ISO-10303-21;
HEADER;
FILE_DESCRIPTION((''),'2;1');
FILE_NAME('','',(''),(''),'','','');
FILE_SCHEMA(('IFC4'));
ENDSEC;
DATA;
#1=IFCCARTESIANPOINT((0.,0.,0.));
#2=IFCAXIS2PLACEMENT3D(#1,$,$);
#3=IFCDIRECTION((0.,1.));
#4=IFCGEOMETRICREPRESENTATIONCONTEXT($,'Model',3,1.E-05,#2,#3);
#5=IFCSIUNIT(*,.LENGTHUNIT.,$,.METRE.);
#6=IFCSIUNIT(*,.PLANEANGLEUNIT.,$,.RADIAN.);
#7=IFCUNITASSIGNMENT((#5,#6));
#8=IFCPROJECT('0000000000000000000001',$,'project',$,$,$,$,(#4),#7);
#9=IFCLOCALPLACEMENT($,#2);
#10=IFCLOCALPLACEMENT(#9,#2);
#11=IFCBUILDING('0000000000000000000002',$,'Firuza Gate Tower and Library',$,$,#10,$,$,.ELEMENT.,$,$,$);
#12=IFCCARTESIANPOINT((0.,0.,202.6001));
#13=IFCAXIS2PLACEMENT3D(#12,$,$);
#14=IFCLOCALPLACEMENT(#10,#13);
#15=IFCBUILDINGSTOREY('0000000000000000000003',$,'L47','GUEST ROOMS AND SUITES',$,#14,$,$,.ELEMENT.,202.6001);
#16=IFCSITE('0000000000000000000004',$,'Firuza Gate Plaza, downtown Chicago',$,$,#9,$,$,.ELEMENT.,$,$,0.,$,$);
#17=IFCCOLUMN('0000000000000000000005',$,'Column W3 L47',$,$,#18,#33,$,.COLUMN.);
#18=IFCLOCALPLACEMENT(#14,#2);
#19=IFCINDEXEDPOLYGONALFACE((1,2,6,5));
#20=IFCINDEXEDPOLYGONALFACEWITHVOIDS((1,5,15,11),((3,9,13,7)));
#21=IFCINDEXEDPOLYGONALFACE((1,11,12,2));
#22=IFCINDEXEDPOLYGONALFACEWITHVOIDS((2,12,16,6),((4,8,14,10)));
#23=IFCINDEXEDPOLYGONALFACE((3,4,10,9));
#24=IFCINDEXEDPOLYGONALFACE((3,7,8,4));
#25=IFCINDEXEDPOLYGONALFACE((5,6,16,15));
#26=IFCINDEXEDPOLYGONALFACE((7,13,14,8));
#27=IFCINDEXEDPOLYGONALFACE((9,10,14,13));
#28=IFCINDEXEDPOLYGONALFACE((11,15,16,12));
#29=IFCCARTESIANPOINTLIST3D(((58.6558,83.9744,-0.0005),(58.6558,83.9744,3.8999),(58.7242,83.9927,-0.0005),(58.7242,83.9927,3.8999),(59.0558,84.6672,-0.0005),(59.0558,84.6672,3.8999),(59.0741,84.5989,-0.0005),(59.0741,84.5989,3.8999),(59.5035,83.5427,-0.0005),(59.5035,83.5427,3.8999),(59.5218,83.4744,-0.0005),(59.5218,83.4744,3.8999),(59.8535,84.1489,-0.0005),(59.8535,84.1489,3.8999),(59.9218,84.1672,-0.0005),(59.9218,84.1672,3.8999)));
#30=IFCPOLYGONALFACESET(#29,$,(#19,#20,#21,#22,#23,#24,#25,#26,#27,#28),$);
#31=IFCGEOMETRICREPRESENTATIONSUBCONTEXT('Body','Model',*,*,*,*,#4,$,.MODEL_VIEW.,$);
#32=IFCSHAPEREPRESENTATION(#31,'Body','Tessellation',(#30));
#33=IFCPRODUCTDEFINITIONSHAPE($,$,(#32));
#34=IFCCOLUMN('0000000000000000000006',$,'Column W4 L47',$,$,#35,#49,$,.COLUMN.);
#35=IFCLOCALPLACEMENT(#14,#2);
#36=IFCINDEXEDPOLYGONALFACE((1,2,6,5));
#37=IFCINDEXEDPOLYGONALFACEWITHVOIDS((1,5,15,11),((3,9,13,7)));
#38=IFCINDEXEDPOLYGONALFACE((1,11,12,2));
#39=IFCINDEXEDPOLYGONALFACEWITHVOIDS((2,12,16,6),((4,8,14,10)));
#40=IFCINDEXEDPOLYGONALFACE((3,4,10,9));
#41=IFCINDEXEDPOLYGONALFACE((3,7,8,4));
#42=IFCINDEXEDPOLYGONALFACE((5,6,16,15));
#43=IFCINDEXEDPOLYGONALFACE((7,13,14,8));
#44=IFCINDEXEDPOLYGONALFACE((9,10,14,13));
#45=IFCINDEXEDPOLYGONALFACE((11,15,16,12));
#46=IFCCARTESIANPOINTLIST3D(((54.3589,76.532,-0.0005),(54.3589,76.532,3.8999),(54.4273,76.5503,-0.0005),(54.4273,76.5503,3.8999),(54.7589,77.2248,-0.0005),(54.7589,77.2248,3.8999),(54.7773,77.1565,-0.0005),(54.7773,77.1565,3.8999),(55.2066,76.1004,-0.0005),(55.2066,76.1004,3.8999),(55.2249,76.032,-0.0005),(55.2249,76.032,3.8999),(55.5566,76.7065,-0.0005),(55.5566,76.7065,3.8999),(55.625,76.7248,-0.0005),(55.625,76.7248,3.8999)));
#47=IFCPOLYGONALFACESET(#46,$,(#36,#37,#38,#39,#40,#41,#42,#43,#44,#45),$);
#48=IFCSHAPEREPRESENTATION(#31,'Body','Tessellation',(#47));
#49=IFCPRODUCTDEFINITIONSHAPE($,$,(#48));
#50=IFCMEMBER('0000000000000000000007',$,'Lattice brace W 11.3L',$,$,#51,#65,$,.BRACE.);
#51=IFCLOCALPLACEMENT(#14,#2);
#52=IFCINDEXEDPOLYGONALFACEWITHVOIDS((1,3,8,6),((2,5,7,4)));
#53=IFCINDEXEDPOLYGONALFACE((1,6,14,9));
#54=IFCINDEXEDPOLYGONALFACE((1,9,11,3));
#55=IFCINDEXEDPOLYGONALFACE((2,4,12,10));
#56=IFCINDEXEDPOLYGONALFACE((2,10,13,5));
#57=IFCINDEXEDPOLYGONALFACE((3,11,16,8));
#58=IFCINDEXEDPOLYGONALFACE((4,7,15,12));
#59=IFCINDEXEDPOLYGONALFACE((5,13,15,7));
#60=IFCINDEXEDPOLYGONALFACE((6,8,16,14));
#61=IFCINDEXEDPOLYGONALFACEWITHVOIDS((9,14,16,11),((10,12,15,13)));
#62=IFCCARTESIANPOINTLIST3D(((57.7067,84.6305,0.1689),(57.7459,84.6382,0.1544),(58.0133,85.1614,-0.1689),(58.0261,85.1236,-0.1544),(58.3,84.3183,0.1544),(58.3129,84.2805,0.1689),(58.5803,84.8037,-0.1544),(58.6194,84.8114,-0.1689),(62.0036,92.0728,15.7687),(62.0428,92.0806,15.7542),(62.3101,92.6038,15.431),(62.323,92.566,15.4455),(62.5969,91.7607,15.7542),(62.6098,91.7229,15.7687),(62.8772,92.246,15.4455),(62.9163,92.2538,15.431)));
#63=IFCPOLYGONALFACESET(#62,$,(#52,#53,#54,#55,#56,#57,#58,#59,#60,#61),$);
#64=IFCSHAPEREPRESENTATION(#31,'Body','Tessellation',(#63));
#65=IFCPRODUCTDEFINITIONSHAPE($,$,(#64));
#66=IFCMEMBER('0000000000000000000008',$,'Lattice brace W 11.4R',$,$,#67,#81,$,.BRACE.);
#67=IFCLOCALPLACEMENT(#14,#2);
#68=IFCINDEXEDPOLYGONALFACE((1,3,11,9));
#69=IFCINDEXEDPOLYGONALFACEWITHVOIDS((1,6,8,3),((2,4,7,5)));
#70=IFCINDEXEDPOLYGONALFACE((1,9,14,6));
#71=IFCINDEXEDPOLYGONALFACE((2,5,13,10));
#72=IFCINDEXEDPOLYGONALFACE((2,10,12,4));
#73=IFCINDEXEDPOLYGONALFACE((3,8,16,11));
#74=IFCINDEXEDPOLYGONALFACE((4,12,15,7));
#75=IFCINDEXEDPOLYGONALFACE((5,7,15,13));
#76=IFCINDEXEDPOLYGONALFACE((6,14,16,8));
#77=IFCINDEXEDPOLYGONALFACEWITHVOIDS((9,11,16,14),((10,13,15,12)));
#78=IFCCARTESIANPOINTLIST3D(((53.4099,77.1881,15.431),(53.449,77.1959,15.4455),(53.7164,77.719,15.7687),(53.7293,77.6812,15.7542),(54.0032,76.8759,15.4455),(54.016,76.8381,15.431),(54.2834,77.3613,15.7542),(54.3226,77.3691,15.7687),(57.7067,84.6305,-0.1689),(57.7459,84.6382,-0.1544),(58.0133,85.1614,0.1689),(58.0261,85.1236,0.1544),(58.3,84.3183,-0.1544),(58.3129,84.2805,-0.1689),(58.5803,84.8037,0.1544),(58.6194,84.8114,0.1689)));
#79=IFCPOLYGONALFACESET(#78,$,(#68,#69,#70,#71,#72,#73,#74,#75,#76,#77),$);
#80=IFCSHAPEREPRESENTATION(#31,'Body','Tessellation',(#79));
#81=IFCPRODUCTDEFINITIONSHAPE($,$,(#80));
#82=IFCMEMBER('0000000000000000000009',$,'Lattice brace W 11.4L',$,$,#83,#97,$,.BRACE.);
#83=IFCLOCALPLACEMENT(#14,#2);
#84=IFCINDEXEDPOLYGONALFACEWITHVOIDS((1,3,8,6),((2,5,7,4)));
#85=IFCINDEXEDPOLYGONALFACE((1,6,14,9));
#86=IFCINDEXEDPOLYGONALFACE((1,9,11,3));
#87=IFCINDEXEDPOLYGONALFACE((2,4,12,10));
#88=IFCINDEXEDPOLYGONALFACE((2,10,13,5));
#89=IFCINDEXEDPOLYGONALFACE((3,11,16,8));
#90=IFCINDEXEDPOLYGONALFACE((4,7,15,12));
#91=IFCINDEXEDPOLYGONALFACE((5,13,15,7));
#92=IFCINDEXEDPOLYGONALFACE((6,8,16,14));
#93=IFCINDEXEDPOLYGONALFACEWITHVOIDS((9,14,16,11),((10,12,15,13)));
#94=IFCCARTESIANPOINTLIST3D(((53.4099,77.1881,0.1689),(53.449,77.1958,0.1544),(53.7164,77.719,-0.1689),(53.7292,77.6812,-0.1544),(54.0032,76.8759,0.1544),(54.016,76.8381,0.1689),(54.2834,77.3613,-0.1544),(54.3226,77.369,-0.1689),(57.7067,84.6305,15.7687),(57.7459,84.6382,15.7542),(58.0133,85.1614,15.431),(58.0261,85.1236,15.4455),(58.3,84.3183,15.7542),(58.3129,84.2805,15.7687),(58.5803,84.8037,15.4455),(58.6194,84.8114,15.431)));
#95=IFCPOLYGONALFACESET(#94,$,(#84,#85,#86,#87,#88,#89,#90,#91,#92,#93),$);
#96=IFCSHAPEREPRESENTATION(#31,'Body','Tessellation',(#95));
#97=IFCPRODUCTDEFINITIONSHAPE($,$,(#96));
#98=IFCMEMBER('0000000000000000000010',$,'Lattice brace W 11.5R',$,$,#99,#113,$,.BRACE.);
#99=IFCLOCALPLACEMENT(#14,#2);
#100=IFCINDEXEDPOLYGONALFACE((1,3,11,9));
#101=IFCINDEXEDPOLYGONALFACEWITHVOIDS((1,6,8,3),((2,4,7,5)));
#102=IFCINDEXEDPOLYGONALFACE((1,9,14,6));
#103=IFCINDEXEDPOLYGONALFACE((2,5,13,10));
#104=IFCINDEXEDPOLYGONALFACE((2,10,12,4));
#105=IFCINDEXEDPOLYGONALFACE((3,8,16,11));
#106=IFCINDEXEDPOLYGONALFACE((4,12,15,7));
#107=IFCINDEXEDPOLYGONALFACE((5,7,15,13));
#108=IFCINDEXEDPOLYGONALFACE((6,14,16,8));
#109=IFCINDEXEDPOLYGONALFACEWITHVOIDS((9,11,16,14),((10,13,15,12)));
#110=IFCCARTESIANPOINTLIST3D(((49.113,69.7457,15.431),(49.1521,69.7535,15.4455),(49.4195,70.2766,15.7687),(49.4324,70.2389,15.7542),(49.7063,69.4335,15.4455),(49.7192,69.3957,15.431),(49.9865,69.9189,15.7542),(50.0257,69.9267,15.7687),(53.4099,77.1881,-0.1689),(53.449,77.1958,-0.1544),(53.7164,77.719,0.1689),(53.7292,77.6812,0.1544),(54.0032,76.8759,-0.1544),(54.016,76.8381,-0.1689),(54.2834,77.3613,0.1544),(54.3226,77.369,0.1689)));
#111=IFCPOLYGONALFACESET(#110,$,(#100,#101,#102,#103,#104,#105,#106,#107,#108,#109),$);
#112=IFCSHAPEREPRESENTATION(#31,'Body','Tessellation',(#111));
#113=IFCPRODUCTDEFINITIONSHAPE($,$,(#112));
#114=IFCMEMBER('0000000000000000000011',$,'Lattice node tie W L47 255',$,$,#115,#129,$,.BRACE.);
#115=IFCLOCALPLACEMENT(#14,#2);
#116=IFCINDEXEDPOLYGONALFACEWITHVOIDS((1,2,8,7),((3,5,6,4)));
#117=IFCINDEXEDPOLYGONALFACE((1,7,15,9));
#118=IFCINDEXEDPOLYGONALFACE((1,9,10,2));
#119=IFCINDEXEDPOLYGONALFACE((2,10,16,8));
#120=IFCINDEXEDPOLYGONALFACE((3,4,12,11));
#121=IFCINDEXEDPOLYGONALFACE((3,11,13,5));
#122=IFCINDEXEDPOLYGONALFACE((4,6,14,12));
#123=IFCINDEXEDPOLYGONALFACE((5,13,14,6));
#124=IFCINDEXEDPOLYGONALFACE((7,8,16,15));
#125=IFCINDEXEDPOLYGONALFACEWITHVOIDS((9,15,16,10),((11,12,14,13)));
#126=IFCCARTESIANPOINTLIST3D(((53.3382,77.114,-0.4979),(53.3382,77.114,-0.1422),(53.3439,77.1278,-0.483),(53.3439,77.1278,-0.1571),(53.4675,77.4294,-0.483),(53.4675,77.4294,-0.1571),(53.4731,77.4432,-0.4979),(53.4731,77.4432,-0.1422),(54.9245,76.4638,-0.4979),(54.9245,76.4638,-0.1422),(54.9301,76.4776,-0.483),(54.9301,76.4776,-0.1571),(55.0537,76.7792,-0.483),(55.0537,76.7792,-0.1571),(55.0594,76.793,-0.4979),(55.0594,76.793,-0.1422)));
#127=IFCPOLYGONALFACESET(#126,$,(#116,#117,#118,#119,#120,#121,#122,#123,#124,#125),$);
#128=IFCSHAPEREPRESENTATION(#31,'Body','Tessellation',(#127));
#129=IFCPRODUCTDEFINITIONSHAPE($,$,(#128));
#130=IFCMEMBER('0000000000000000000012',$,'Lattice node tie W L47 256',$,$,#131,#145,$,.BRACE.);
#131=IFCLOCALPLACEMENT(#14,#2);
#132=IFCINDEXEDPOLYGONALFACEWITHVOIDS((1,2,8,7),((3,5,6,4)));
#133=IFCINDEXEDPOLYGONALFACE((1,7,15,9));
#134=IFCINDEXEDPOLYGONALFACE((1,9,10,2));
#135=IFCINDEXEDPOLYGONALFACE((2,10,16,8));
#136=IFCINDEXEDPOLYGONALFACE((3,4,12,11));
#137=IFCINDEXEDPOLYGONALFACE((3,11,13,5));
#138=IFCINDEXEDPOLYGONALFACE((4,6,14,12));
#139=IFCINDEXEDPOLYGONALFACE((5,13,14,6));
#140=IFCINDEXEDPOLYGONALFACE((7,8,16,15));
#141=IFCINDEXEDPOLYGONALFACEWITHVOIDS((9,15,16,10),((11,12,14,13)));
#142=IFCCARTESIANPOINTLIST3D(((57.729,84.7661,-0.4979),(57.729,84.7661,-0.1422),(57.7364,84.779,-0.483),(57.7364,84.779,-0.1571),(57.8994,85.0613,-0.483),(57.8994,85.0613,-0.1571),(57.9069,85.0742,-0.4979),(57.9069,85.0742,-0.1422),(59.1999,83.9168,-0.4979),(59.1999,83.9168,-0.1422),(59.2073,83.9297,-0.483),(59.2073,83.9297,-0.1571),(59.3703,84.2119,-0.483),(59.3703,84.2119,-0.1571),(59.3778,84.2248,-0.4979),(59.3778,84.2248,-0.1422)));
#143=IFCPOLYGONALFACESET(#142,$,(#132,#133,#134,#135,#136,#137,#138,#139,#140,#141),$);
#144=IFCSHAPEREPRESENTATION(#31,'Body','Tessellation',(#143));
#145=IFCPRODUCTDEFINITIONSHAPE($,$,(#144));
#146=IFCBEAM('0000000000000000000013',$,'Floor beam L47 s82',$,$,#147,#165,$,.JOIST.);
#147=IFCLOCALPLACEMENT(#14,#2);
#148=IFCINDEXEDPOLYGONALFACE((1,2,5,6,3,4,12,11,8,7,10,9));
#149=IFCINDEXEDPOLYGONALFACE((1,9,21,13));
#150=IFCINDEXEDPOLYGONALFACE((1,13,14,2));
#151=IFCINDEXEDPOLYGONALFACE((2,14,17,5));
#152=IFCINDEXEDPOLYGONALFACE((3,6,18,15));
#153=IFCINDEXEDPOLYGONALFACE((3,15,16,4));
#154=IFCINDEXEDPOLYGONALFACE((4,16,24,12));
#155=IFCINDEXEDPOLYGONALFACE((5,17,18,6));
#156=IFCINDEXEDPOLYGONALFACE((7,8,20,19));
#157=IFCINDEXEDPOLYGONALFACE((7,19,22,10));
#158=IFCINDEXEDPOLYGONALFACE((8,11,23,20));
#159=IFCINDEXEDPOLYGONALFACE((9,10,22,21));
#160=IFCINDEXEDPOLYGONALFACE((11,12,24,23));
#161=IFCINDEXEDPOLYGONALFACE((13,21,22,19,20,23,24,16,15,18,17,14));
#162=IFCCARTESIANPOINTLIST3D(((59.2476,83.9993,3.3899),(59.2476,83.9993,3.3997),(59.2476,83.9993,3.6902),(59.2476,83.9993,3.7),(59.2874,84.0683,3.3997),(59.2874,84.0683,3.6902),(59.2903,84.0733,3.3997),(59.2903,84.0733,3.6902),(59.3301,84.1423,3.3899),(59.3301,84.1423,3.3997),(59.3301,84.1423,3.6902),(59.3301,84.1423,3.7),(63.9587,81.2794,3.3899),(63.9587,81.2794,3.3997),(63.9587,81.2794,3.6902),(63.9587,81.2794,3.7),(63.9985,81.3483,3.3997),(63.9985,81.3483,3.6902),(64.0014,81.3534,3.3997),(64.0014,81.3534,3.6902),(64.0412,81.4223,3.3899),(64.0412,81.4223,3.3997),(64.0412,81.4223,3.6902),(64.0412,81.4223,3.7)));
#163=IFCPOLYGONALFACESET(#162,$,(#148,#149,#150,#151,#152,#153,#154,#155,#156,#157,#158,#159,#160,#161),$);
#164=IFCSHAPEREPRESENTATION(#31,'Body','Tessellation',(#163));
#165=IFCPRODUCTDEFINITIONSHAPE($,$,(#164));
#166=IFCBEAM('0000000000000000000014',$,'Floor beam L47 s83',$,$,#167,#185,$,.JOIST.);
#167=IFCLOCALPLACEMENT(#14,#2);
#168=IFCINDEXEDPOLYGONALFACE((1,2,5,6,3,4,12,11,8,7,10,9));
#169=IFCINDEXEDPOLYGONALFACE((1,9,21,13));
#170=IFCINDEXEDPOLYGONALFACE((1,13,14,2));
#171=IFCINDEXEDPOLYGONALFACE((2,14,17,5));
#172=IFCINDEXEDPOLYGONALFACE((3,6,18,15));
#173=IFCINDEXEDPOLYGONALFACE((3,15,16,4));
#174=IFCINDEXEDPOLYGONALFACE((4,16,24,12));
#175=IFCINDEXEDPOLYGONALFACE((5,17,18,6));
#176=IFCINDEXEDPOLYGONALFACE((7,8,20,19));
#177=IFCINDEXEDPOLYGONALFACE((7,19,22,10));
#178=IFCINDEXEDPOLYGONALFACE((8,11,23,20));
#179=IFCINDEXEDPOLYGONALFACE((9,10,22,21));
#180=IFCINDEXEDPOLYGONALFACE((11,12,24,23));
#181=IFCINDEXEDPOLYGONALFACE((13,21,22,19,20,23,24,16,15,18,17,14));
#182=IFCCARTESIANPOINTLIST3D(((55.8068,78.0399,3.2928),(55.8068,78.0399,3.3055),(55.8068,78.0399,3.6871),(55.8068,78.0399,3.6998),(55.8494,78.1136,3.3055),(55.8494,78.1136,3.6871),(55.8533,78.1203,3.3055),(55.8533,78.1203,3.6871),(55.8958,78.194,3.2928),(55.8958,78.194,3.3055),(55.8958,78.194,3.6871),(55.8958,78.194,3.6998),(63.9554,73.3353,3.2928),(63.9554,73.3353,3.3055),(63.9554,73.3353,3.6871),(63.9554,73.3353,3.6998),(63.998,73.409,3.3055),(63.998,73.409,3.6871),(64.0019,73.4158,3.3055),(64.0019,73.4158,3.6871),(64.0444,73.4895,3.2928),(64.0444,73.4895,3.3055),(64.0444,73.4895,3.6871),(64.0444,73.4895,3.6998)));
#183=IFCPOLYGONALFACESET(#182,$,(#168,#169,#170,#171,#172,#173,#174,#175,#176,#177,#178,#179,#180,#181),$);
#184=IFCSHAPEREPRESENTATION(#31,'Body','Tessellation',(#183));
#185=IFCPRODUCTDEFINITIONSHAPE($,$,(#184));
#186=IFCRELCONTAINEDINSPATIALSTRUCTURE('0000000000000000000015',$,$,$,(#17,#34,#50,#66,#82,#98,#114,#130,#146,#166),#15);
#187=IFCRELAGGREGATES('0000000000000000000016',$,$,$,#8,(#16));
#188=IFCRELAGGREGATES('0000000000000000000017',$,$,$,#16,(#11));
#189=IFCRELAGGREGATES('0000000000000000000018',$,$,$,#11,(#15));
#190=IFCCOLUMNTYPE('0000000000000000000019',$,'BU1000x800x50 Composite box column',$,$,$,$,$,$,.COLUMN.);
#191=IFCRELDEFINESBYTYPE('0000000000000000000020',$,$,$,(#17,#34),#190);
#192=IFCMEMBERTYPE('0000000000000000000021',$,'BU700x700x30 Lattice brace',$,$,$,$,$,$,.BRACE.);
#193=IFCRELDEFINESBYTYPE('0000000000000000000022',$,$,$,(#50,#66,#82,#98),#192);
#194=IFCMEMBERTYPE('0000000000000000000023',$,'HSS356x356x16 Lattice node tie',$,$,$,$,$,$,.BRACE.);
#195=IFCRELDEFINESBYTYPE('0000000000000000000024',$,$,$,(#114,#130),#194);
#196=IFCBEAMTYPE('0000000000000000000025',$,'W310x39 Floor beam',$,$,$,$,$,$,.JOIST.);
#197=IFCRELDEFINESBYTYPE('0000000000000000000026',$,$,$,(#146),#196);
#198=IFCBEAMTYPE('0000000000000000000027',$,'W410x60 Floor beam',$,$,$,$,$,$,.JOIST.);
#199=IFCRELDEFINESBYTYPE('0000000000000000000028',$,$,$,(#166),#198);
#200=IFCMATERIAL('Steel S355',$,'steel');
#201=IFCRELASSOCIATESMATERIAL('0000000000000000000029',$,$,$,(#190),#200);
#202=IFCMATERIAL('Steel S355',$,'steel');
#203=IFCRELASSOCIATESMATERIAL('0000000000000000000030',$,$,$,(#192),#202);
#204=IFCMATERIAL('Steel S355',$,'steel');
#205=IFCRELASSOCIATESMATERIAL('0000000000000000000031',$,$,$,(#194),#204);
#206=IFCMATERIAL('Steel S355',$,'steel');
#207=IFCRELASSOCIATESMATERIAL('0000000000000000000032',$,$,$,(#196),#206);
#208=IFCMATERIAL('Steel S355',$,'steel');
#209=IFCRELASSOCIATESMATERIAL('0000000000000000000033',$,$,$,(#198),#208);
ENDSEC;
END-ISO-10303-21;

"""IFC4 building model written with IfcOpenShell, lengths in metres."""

from ifc_helpers import new_model, si_unit, direction, frame, origin, origin_2d, place, context, subcontext, project, spatial, hollow_rectangle, i_section, extrude, material, material_profile, profile_set, type_object, element, save


model = new_model("IFC4")

# Units and contexts
model_context = context("Model", 3, precision=1e-05, world=origin(), true_north=direction((0.0, 1.0)))
body_context = subcontext(model_context, "Body", "Model", "MODEL_VIEW")
ifc_project = project(units=[si_unit("LENGTHUNIT", "METRE"), si_unit("PLANEANGLEUNIT", "RADIAN")], contexts=[model_context])

# Site, building, storey
site_placement = place(None, origin())
site = spatial("IfcSite", under=ifc_project, at=site_placement, Name="Firuza Gate Plaza, downtown Chicago", CompositionType="ELEMENT", RefElevation=0.0)
building_placement = place(site_placement, origin())
building = spatial("IfcBuilding", under=site, at=building_placement, Name="Firuza Gate Tower and Library", CompositionType="ELEMENT")
storey_placement = place(building_placement, frame((0.0, 0.0, 202.6001)))
storey = spatial("IfcBuildingStorey", under=building, at=storey_placement, Name="L47", Description="GUEST ROOMS AND SUITES", CompositionType="ELEMENT", Elevation=202.6001)

# Columns
ifc_material_1 = material(Name="Steel S355", Category="steel")
ifc_material_profile_1 = material_profile(ifc_material_1, hollow_rectangle(XDim=0.8, YDim=1.0, WallThickness=0.05, at=origin_2d()))
ifc_profile_set_1 = profile_set([ifc_material_profile_1], Name="Steel S355")
column_type = type_object("IfcColumnType", Name="BU1000x800x50 Composite box column", PredefinedType="COLUMN", material=ifc_profile_set_1)
for number, where, z_axis, x_axis, name in (
    (1, (59.2888, 84.0708, -0.0005), (0.0, 0.0, 1.0), (-0.5, -0.866025, 0.0), "Column W3 L47"),
    (2, (54.9919, 76.6284, -0.0005), (0.0, 0.0, 1.0), (-0.5, -0.866025, 0.0), "Column W4 L47"),
):
    element("IfcColumn", number, at=place(storey_placement, frame(where, z_axis=z_axis, x_axis=x_axis)), inside=storey, type_object=column_type, Name=name, PredefinedType="COLUMN", context=body_context, shape_type="SweptSolid", body=[
        extrude(hollow_rectangle(XDim=0.8, YDim=1.0, WallThickness=0.05, at=origin_2d()), origin(), (0.0, 0.0, 1.0), 3.9004),
    ])

# Members
ifc_material_2 = material(Name="Steel S355", Category="steel")
ifc_material_profile_2 = material_profile(ifc_material_2, hollow_rectangle(XDim=0.7, YDim=0.7, WallThickness=0.03, at=origin_2d()))
ifc_profile_set_2 = profile_set([ifc_material_profile_2], Name="Steel S355")
member_type_1 = type_object("IfcMemberType", Name="BU700x700x30 Lattice brace", PredefinedType="BRACE", material=ifc_profile_set_2)
for number, where, z_axis, x_axis, name in (
    (3, (58.1631, 84.7209, 0.0), (0.241258, 0.417869, 0.875888), (-0.866025, 0.500001, 0.0), "Lattice brace W 11.3L"),
    (4, (58.1631, 84.7209, 0.0), (-0.241258, -0.417869, 0.875888), (0.866025, -0.500001, 0.0), "Lattice brace W 11.4R"),
    (5, (53.8662, 77.2786, 0.0), (0.241258, 0.417869, 0.875888), (-0.866025, 0.500001, 0.0), "Lattice brace W 11.4L"),
    (6, (53.8662, 77.2786, 0.0), (-0.241258, -0.417869, 0.875888), (0.866025, -0.500001, 0.0), "Lattice brace W 11.5R"),
):
    element("IfcMember", number, at=place(storey_placement, frame(where, z_axis=z_axis, x_axis=x_axis)), inside=storey, type_object=member_type_1, Name=name, PredefinedType="BRACE", context=body_context, shape_type="SweptSolid", body=[
        extrude(hollow_rectangle(XDim=0.7, YDim=0.7, WallThickness=0.03, at=origin_2d()), origin(), (0.0, 0.0, 1.0), 17.8103),
    ])
ifc_material_3 = material(Name="Steel S355", Category="steel")
ifc_material_profile_3 = material_profile(ifc_material_3, hollow_rectangle(XDim=0.3557, YDim=0.3557, WallThickness=0.0149, at=origin_2d()))
ifc_profile_set_3 = profile_set([ifc_material_profile_3], Name="Steel S355")
member_type_2 = type_object("IfcMemberType", Name="HSS356x356x16 Lattice node tie", PredefinedType="BRACE", material=ifc_profile_set_3)
member_1_placement = place(storey_placement, frame((54.9919, 76.6284, -0.3201), z_axis=(-0.92529, 0.379259, 0.0), x_axis=(-0.379259, -0.92529, 0.0)))
element("IfcMember", 7, at=member_1_placement, inside=storey, type_object=member_type_2, Name="Lattice node tie W L47 255", PredefinedType="BRACE", context=body_context, shape_type="SweptSolid", body=[
    extrude(hollow_rectangle(XDim=0.3557, YDim=0.3557, WallThickness=0.0149, at=origin_2d()), origin(), (0.0, 0.0, 1.0), 1.7144),
])
member_2_placement = place(storey_placement, frame((59.2888, 84.0708, -0.3201), z_axis=(-0.865996, 0.50005, 0.0), x_axis=(-0.50005, -0.865996, 0.0)))
element("IfcMember", 8, at=member_2_placement, inside=storey, type_object=member_type_2, Name="Lattice node tie W L47 256", PredefinedType="BRACE", context=body_context, shape_type="SweptSolid", body=[
    extrude(hollow_rectangle(XDim=0.3557, YDim=0.3557, WallThickness=0.0149, at=origin_2d()), origin(), (0.0, 0.0, 1.0), 1.6985),
])

# Beams
ifc_material_4 = material(Name="Steel S355", Category="steel")
ifc_material_profile_4 = material_profile(ifc_material_4, i_section(OverallWidth=0.165, OverallDepth=0.3101, WebThickness=0.0059, FlangeThickness=0.0098, at=origin_2d()))
ifc_profile_set_4 = profile_set([ifc_material_profile_4], Name="Steel S355")
beam_type_1 = type_object("IfcBeamType", Name="W310x39 Floor beam", PredefinedType="JOIST", material=ifc_profile_set_4)
beam_1_placement = place(storey_placement, frame((59.2888, 84.0708, 3.5449), z_axis=(0.866028, -0.499996, 0.0), x_axis=(0.499996, 0.866028, 0.0)))
element("IfcBeam", 9, at=beam_1_placement, inside=storey, type_object=beam_type_1, Name="Floor beam L47 s82", PredefinedType="JOIST", context=body_context, shape_type="SweptSolid", body=[
    extrude(i_section(OverallWidth=0.165, OverallDepth=0.3101, WebThickness=0.0059, FlangeThickness=0.0098, at=origin_2d()), origin(), (0.0, 0.0, 1.0), 5.4399),
])
ifc_material_5 = material(Name="Steel S355", Category="steel")
ifc_material_profile_5 = material_profile(ifc_material_5, i_section(OverallWidth=0.178, OverallDepth=0.407, WebThickness=0.0078, FlangeThickness=0.0127, at=origin_2d()))
ifc_profile_set_5 = profile_set([ifc_material_profile_5], Name="Steel S355")
beam_type_2 = type_object("IfcBeamType", Name="W410x60 Floor beam", PredefinedType="JOIST", material=ifc_profile_set_5)
beam_2_placement = place(storey_placement, frame((55.8513, 78.1169, 3.4963), z_axis=(0.866028, -0.499996, 0.0), x_axis=(0.499996, 0.866028, 0.0)))
element("IfcBeam", 10, at=beam_2_placement, inside=storey, type_object=beam_type_2, Name="Floor beam L47 s83", PredefinedType="JOIST", context=body_context, shape_type="SweptSolid", body=[
    extrude(i_section(OverallWidth=0.178, OverallDepth=0.407, WebThickness=0.0078, FlangeThickness=0.0127, at=origin_2d()), origin(), (0.0, 0.0, 1.0), 9.4092),
])

save(model, "model.ifc")
